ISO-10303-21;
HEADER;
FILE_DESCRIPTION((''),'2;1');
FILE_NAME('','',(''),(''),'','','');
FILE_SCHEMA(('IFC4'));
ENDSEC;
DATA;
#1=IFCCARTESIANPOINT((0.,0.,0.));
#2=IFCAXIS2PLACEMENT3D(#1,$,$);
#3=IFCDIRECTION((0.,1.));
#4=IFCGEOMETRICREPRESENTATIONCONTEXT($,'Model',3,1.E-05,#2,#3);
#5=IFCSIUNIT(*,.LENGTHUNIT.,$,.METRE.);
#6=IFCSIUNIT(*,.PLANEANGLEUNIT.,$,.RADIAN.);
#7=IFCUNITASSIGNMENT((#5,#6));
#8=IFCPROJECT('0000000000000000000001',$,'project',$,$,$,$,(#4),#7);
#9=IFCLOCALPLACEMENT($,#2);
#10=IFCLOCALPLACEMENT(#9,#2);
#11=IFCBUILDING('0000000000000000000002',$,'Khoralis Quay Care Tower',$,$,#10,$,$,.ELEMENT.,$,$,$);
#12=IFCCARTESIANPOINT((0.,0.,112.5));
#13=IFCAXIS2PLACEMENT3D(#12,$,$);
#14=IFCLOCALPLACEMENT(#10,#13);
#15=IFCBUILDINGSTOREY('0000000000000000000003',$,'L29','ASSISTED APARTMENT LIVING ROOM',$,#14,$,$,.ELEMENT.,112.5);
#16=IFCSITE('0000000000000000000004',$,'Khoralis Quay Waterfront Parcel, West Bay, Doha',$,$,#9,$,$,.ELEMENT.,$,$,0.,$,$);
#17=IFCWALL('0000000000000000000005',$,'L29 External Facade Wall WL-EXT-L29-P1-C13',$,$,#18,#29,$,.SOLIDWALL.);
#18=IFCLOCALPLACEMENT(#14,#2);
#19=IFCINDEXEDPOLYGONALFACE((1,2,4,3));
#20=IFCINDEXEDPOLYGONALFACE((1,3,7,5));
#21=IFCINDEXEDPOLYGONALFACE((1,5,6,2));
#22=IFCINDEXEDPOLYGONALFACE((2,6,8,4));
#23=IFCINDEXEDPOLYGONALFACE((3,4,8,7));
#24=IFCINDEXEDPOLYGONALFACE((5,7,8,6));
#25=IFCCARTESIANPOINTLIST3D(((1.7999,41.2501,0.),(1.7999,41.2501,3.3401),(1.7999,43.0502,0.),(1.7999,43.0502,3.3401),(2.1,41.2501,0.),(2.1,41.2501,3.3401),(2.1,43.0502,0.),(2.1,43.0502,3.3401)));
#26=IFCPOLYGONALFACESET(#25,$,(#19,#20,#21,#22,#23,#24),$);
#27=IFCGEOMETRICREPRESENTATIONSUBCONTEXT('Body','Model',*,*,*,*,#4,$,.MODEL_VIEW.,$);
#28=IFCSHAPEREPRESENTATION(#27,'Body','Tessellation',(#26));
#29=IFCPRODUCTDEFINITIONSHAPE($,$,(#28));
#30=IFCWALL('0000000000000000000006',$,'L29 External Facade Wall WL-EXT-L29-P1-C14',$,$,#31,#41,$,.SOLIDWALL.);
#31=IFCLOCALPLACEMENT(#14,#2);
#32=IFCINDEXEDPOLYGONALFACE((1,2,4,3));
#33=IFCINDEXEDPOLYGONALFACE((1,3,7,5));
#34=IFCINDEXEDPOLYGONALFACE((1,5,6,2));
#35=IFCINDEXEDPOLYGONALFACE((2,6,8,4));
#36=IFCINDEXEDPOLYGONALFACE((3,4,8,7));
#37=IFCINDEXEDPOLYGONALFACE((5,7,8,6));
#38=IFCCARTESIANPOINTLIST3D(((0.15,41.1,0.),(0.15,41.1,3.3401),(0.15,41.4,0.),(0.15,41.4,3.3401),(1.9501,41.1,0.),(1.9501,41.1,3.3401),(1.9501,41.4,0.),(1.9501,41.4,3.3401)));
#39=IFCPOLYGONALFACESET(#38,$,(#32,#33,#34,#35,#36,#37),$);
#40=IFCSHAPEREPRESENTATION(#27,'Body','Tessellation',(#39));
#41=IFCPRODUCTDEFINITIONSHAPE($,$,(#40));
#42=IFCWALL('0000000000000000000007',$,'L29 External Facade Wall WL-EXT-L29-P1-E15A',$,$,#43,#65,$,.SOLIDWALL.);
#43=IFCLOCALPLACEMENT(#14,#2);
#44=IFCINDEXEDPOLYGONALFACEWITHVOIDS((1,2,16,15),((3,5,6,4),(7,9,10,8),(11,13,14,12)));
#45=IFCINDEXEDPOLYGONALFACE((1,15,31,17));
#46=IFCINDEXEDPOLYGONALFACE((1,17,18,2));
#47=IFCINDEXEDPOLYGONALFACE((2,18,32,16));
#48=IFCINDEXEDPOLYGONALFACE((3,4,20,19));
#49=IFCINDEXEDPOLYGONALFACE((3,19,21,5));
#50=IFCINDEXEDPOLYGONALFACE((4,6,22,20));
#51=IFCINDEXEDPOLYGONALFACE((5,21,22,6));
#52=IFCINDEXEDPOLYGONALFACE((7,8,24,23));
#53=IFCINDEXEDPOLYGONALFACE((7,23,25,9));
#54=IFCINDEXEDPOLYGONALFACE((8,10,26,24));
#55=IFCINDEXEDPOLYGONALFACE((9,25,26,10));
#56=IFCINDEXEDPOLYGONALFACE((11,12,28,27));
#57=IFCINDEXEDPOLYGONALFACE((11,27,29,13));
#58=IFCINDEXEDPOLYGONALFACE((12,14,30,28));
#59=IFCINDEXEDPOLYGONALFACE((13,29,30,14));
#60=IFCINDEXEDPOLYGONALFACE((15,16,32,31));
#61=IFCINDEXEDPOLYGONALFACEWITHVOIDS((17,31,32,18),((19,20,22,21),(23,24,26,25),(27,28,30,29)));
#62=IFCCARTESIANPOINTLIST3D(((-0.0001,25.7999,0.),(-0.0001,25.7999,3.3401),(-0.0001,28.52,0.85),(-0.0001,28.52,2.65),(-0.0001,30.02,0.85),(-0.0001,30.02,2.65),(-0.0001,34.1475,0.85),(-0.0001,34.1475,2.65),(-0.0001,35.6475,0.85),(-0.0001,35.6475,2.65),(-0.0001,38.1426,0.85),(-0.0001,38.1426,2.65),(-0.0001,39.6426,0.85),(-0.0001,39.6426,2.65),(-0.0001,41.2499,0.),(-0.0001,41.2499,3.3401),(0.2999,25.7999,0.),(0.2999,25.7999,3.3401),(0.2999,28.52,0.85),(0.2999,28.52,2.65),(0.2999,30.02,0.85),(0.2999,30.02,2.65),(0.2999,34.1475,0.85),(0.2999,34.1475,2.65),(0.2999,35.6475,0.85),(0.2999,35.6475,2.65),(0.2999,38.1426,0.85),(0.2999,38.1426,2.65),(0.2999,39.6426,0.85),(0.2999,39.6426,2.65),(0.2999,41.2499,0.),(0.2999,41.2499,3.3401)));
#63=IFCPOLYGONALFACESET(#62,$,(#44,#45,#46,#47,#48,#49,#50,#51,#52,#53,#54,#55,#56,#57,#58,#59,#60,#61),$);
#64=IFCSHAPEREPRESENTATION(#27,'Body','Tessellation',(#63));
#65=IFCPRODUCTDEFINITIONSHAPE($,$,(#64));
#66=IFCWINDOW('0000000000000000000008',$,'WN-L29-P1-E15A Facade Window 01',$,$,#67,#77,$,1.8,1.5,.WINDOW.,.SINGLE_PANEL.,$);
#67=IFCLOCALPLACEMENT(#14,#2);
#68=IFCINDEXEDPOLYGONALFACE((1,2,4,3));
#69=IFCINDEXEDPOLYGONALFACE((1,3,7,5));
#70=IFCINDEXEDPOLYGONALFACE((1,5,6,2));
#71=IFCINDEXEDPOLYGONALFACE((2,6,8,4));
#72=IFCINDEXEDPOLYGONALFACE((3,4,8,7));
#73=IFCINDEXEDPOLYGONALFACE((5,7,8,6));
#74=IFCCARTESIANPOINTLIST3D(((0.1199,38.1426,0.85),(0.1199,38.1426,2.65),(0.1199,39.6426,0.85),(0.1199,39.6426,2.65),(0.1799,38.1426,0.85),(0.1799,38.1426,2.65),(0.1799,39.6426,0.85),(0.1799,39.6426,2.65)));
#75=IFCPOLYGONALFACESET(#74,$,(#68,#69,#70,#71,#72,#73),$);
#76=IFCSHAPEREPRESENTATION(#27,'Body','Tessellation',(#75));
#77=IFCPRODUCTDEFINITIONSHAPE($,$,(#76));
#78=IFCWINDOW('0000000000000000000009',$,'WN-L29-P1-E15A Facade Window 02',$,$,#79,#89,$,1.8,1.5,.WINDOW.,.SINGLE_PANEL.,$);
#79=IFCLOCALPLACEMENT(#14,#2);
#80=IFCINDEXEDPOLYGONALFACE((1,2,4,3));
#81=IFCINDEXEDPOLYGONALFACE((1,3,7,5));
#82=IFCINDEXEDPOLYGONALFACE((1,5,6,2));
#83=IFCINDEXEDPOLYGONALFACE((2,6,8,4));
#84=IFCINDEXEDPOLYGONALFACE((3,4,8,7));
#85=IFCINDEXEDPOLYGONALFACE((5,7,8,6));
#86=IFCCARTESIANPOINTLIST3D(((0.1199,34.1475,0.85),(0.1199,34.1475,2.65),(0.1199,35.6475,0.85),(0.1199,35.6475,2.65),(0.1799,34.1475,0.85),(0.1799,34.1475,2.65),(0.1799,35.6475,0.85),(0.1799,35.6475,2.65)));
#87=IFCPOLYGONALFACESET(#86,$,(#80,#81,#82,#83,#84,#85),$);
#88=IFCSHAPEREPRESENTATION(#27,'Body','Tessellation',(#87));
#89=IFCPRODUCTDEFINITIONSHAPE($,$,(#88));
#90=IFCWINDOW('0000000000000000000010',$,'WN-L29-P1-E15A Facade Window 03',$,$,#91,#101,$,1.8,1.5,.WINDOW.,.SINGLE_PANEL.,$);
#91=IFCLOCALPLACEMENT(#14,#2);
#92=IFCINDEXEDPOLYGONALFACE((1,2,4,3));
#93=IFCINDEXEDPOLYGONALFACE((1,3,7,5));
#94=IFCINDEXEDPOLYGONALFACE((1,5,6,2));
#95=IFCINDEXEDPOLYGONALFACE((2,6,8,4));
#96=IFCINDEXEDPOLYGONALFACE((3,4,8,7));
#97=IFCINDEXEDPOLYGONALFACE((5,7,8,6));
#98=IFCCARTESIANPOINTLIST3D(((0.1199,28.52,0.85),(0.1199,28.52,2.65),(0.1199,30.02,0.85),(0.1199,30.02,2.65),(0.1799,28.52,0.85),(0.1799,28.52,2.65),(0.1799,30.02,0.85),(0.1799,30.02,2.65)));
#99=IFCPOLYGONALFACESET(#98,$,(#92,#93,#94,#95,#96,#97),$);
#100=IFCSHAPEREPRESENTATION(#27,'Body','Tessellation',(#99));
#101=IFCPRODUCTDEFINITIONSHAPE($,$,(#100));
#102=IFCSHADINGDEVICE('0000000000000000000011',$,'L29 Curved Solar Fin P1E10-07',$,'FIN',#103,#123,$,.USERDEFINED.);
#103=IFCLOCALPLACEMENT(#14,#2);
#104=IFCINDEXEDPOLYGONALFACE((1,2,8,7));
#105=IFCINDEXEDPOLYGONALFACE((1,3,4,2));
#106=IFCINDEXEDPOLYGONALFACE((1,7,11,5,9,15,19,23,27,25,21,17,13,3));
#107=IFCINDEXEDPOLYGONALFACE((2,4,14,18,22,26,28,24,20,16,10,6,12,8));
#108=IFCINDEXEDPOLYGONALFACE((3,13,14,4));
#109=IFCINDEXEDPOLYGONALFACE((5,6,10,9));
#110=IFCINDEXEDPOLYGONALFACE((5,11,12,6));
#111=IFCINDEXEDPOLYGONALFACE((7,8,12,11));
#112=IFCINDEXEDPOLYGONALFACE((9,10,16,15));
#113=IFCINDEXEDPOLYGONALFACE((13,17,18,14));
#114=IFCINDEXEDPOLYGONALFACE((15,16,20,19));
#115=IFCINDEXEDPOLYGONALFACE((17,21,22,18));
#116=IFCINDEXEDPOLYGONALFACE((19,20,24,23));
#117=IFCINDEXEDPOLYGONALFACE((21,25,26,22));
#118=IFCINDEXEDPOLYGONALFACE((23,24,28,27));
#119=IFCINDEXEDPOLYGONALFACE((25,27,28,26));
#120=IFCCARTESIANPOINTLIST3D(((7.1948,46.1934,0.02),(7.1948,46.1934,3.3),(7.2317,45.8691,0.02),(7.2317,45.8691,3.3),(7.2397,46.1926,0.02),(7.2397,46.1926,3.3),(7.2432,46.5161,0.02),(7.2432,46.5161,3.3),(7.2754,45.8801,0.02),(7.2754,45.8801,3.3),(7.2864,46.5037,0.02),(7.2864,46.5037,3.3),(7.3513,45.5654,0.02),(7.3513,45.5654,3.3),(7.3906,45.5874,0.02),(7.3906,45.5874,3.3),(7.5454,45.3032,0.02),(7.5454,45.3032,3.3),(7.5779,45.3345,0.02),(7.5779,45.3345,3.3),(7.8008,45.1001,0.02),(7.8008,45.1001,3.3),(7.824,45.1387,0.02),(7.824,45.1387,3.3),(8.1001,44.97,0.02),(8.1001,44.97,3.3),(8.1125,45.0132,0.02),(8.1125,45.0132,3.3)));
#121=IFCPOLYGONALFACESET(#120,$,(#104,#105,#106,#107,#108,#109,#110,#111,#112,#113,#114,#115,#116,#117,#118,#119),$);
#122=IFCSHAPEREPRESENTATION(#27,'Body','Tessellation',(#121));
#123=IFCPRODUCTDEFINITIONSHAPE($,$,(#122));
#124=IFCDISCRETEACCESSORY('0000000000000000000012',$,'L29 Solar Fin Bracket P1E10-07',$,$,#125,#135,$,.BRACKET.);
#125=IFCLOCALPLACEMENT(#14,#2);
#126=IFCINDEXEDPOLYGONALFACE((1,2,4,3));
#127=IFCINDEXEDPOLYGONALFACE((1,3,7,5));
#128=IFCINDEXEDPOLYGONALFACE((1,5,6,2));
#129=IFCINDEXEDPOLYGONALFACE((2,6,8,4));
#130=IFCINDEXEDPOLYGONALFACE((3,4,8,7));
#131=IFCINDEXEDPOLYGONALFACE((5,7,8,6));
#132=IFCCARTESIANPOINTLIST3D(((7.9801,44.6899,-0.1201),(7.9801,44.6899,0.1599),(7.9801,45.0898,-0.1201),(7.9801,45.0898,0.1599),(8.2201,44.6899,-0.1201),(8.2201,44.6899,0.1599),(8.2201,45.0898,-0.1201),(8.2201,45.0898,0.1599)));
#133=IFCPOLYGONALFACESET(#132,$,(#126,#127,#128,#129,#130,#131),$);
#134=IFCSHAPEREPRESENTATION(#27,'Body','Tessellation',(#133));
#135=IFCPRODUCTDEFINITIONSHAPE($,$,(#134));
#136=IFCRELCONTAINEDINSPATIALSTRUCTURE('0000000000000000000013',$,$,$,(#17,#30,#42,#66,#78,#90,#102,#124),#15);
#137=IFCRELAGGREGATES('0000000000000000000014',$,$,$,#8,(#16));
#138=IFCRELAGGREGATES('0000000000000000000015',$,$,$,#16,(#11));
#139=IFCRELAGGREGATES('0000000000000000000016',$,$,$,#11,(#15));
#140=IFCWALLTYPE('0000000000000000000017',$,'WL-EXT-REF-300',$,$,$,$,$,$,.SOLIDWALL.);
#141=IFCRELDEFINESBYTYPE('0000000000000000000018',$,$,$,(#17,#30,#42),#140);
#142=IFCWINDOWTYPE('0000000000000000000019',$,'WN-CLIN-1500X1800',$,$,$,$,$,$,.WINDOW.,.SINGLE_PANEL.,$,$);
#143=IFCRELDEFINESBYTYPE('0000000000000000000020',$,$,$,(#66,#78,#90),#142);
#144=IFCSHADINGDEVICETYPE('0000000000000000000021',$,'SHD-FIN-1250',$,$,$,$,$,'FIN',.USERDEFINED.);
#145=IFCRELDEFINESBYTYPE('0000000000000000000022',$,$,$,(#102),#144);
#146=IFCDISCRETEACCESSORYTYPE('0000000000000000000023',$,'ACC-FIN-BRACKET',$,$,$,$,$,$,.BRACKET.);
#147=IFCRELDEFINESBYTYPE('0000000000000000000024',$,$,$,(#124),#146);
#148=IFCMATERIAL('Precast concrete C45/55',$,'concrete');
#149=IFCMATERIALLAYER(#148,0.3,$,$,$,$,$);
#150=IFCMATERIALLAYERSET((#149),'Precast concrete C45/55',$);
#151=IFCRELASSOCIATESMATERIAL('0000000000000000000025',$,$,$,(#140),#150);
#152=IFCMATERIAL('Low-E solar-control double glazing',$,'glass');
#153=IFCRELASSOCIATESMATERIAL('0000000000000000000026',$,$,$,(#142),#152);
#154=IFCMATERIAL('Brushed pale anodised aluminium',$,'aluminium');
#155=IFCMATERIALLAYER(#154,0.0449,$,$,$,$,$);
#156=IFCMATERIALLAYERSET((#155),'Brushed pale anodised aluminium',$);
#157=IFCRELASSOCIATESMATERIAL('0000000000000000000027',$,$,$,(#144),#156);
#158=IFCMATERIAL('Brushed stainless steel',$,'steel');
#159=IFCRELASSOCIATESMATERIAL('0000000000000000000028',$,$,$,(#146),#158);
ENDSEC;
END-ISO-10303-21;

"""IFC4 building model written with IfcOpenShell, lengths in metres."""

from ifc_helpers import new_model, si_unit, direction, frame, frame_2d, origin, origin_2d, place, context, subcontext, project, spatial, polyline, rectangle, outline, extrude, source, transform, mapped, material, layer, layer_set, type_object, element, fill, save


model = new_model("IFC4")

# Units and contexts
model_context = context("Model", 3, precision=1e-05, world=origin(), true_north=direction((0.0, 1.0)))
body_context = subcontext(model_context, "Body", "Model", "MODEL_VIEW")
ifc_project = project(units=[si_unit("LENGTHUNIT", "METRE"), si_unit("PLANEANGLEUNIT", "RADIAN")], contexts=[model_context])

# Site, building, storey
site_placement = place(None, origin())
site = spatial("IfcSite", under=ifc_project, at=site_placement, Name="Khoralis Quay Waterfront Parcel, West Bay, Doha", CompositionType="ELEMENT", RefElevation=0.0)
building_placement = place(site_placement, origin())
building = spatial("IfcBuilding", under=site, at=building_placement, Name="Khoralis Quay Care Tower", CompositionType="ELEMENT")
storey_placement = place(building_placement, frame((0.0, 0.0, 112.5)))
storey = spatial("IfcBuildingStorey", under=building, at=storey_placement, Name="L29", Description="ASSISTED APARTMENT LIVING ROOM", CompositionType="ELEMENT", Elevation=112.5)

# Walls
ifc_material_1 = material(Name="Precast concrete C45/55", Category="concrete")
ifc_layer_1 = layer(ifc_material_1, 0.3)
ifc_layer_set_1 = layer_set([ifc_layer_1], Name="Precast concrete C45/55")
wall_type = type_object("IfcWallType", Name="WL-EXT-REF-300", PredefinedType="SOLIDWALL", material=ifc_layer_set_1)
for number, where, z_axis, x_axis, name in (
    (1, (1.95, 43.05, 0.0), (0.0, 0.0, 1.0), (0.0, -1.0, 0.0), "L29 External Facade Wall WL-EXT-L29-P1-C13"),
    (2, (1.95, 41.25, 0.0), (0.0, 0.0, 1.0), (-1.0, 0.0, 0.0), "L29 External Facade Wall WL-EXT-L29-P1-C14"),
):
    element("IfcWall", number, at=place(storey_placement, frame(where, z_axis=z_axis, x_axis=x_axis)), inside=storey, type_object=wall_type, Name=name, PredefinedType="SOLIDWALL", context=body_context, shape_type="SweptSolid", body=[
        extrude(rectangle(XDim=1.8, YDim=0.3, at=frame_2d((0.8999, 0.0))), origin(), (0.0, 0.0, 1.0), 3.3401),
    ])

# Wall, openings, windows
wall_placement = place(storey_placement, frame((0.1499, 41.25, 0.0), z_axis=(0.0, 0.0, 1.0), x_axis=(0.0, -1.0, 0.0)))
wall = element("IfcWall", 3, at=wall_placement, inside=storey, type_object=wall_type, Name="L29 External Facade Wall WL-EXT-L29-P1-E15A", PredefinedType="SOLIDWALL", context=body_context, shape_type="SweptSolid", body=[
    extrude(rectangle(XDim=15.45, YDim=0.3, at=frame_2d((7.7251, 0.0))), origin(), (0.0, 0.0, 1.0), 3.3401),
])
opening_1_placement = place(wall_placement, frame((1.6074, 0.0, 0.8501)))
opening_1 = element("IfcOpeningElement", 4, at=opening_1_placement, cuts=wall, PredefinedType="OPENING", context=body_context, shape_type="SweptSolid", body=[
    extrude(rectangle(XDim=1.5, YDim=1.8, at=frame_2d((0.75, 0.8999))), frame((0.0, 0.1602, 0.0), z_axis=(0.0, -1.0, 0.0), x_axis=(1.0, 0.0, 0.0)), (0.0, 0.0, 1.0), 0.3201),
])
opening_2_placement = place(wall_placement, frame((5.6025, 0.0, 0.8501)))
opening_2 = element("IfcOpeningElement", 5, at=opening_2_placement, cuts=wall, PredefinedType="OPENING", context=body_context, shape_type="SweptSolid", body=[
    extrude(rectangle(XDim=1.5, YDim=1.8, at=frame_2d((0.75, 0.8999))), frame((0.0, 0.1602, 0.0), z_axis=(0.0, -1.0, 0.0), x_axis=(1.0, 0.0, 0.0)), (0.0, 0.0, 1.0), 0.3201),
])
opening_3_placement = place(wall_placement, frame((11.23, 0.0, 0.8501)))
opening_3 = element("IfcOpeningElement", 6, at=opening_3_placement, cuts=wall, PredefinedType="OPENING", context=body_context, shape_type="SweptSolid", body=[
    extrude(rectangle(XDim=1.5, YDim=1.8, at=frame_2d((0.75, 0.8999))), frame((0.0, 0.1602, 0.0), z_axis=(0.0, -1.0, 0.0), x_axis=(1.0, 0.0, 0.0)), (0.0, 0.0, 1.0), 0.3201),
])
ifc_material_2 = material(Name="Low-E solar-control double glazing", Category="glass")
window_type = type_object("IfcWindowType", Name="WN-CLIN-1500X1800", PartitioningType="SINGLE_PANEL", PredefinedType="WINDOW", material=ifc_material_2)
shared_shape_1 = source(origin(), body_context, "Body", "SweptSolid", [
    extrude(rectangle(XDim=1.5, YDim=1.8, at=frame_2d((0.75, 0.8999))), frame((0.0, 0.03, 0.0), z_axis=(0.0, -1.0, 0.0), x_axis=(1.0, 0.0, 0.0)), (0.0, 0.0, 1.0), 0.0601),
])
window_1_placement = place(opening_1_placement, origin())
window_1 = element("IfcWindow", 7, at=window_1_placement, inside=storey, type_object=window_type, Name="WN-L29-P1-E15A Facade Window 01", OverallHeight=1.8, OverallWidth=1.5, PartitioningType="SINGLE_PANEL", PredefinedType="WINDOW", context=body_context, shape_type="MappedRepresentation", body=[
    mapped(shared_shape_1, transform((0.0, 0.0, 0.0), scale=1.0)),
])
fill(opening_1, window_1)
window_2_placement = place(opening_2_placement, origin())
window_2 = element("IfcWindow", 8, at=window_2_placement, inside=storey, type_object=window_type, Name="WN-L29-P1-E15A Facade Window 02", OverallHeight=1.8, OverallWidth=1.5, PartitioningType="SINGLE_PANEL", PredefinedType="WINDOW", context=body_context, shape_type="MappedRepresentation", body=[
    mapped(shared_shape_1, transform((0.0, 0.0, 0.0), scale=1.0)),
])
fill(opening_2, window_2)
window_3_placement = place(opening_3_placement, origin())
window_3 = element("IfcWindow", 9, at=window_3_placement, inside=storey, type_object=window_type, Name="WN-L29-P1-E15A Facade Window 03", OverallHeight=1.8, OverallWidth=1.5, PartitioningType="SINGLE_PANEL", PredefinedType="WINDOW", context=body_context, shape_type="MappedRepresentation", body=[
    mapped(shared_shape_1, transform((0.0, 0.0, 0.0), scale=1.0)),
])
fill(opening_3, window_3)

# Shading device
ifc_material_3 = material(Name="Brushed pale anodised aluminium", Category="aluminium")
ifc_layer_2 = layer(ifc_material_3, 0.0449)
ifc_layer_set_2 = layer_set([ifc_layer_2], Name="Brushed pale anodised aluminium")
shading_device_type = type_object("IfcShadingDeviceType", Name="SHD-FIN-1250", ElementType="FIN", PredefinedType="USERDEFINED", material=ifc_layer_set_2)
shared_shape_2 = source(origin(), body_context, "Body", "SweptSolid", [
    extrude(outline(polyline([(0.0, 0.0), (0.1301, 0.2993), (0.3333, 0.5547), (0.5955, 0.7488), (0.8992, 0.8684), (1.2234, 0.9053), (1.5461, 0.8569), (1.5337, 0.8137), (1.2227, 0.8604), (0.9102, 0.8247), (0.6174, 0.7095), (0.3645, 0.5222), (0.1687, 0.2761), (0.0432, -0.0125), (0.0, 0.0)])), origin(), (0.0, 0.0, 1.0), 3.28),
])
shading_device_placement = place(storey_placement, frame((8.1001, 44.97, 0.02), z_axis=(0.0, 0.0, 1.0), x_axis=(0.0, 1.0, 0.0)))
element("IfcShadingDevice", 10, at=shading_device_placement, inside=storey, type_object=shading_device_type, Name="L29 Curved Solar Fin P1E10-07", ObjectType="FIN", PredefinedType="USERDEFINED", context=body_context, shape_type="MappedRepresentation", body=[
    mapped(shared_shape_2, transform((0.0, 0.0, 0.0), scale=1.0)),
])

# Discrete accessory
ifc_material_4 = material(Name="Brushed stainless steel", Category="steel")
discrete_accessory_type = type_object("IfcDiscreteAccessoryType", Name="ACC-FIN-BRACKET", PredefinedType="BRACKET", material=ifc_material_4)
shared_shape_3 = source(origin(), body_context, "Body", "SweptSolid", [
    extrude(rectangle(XDim=0.3999, YDim=0.24, at=origin_2d()), origin(), (0.0, 0.0, 1.0), 0.28),
])
discrete_accessory_placement = place(storey_placement, frame((8.1001, 44.8899, -0.1201), z_axis=(0.0, 0.0, 1.0), x_axis=(0.0, 1.0, 0.0)))
element("IfcDiscreteAccessory", 11, at=discrete_accessory_placement, inside=storey, type_object=discrete_accessory_type, Name="L29 Solar Fin Bracket P1E10-07", PredefinedType="BRACKET", context=body_context, shape_type="MappedRepresentation", body=[
    mapped(shared_shape_3, transform((0.0, 0.0, 0.0), scale=1.0)),
])

save(model, "model.ifc")
